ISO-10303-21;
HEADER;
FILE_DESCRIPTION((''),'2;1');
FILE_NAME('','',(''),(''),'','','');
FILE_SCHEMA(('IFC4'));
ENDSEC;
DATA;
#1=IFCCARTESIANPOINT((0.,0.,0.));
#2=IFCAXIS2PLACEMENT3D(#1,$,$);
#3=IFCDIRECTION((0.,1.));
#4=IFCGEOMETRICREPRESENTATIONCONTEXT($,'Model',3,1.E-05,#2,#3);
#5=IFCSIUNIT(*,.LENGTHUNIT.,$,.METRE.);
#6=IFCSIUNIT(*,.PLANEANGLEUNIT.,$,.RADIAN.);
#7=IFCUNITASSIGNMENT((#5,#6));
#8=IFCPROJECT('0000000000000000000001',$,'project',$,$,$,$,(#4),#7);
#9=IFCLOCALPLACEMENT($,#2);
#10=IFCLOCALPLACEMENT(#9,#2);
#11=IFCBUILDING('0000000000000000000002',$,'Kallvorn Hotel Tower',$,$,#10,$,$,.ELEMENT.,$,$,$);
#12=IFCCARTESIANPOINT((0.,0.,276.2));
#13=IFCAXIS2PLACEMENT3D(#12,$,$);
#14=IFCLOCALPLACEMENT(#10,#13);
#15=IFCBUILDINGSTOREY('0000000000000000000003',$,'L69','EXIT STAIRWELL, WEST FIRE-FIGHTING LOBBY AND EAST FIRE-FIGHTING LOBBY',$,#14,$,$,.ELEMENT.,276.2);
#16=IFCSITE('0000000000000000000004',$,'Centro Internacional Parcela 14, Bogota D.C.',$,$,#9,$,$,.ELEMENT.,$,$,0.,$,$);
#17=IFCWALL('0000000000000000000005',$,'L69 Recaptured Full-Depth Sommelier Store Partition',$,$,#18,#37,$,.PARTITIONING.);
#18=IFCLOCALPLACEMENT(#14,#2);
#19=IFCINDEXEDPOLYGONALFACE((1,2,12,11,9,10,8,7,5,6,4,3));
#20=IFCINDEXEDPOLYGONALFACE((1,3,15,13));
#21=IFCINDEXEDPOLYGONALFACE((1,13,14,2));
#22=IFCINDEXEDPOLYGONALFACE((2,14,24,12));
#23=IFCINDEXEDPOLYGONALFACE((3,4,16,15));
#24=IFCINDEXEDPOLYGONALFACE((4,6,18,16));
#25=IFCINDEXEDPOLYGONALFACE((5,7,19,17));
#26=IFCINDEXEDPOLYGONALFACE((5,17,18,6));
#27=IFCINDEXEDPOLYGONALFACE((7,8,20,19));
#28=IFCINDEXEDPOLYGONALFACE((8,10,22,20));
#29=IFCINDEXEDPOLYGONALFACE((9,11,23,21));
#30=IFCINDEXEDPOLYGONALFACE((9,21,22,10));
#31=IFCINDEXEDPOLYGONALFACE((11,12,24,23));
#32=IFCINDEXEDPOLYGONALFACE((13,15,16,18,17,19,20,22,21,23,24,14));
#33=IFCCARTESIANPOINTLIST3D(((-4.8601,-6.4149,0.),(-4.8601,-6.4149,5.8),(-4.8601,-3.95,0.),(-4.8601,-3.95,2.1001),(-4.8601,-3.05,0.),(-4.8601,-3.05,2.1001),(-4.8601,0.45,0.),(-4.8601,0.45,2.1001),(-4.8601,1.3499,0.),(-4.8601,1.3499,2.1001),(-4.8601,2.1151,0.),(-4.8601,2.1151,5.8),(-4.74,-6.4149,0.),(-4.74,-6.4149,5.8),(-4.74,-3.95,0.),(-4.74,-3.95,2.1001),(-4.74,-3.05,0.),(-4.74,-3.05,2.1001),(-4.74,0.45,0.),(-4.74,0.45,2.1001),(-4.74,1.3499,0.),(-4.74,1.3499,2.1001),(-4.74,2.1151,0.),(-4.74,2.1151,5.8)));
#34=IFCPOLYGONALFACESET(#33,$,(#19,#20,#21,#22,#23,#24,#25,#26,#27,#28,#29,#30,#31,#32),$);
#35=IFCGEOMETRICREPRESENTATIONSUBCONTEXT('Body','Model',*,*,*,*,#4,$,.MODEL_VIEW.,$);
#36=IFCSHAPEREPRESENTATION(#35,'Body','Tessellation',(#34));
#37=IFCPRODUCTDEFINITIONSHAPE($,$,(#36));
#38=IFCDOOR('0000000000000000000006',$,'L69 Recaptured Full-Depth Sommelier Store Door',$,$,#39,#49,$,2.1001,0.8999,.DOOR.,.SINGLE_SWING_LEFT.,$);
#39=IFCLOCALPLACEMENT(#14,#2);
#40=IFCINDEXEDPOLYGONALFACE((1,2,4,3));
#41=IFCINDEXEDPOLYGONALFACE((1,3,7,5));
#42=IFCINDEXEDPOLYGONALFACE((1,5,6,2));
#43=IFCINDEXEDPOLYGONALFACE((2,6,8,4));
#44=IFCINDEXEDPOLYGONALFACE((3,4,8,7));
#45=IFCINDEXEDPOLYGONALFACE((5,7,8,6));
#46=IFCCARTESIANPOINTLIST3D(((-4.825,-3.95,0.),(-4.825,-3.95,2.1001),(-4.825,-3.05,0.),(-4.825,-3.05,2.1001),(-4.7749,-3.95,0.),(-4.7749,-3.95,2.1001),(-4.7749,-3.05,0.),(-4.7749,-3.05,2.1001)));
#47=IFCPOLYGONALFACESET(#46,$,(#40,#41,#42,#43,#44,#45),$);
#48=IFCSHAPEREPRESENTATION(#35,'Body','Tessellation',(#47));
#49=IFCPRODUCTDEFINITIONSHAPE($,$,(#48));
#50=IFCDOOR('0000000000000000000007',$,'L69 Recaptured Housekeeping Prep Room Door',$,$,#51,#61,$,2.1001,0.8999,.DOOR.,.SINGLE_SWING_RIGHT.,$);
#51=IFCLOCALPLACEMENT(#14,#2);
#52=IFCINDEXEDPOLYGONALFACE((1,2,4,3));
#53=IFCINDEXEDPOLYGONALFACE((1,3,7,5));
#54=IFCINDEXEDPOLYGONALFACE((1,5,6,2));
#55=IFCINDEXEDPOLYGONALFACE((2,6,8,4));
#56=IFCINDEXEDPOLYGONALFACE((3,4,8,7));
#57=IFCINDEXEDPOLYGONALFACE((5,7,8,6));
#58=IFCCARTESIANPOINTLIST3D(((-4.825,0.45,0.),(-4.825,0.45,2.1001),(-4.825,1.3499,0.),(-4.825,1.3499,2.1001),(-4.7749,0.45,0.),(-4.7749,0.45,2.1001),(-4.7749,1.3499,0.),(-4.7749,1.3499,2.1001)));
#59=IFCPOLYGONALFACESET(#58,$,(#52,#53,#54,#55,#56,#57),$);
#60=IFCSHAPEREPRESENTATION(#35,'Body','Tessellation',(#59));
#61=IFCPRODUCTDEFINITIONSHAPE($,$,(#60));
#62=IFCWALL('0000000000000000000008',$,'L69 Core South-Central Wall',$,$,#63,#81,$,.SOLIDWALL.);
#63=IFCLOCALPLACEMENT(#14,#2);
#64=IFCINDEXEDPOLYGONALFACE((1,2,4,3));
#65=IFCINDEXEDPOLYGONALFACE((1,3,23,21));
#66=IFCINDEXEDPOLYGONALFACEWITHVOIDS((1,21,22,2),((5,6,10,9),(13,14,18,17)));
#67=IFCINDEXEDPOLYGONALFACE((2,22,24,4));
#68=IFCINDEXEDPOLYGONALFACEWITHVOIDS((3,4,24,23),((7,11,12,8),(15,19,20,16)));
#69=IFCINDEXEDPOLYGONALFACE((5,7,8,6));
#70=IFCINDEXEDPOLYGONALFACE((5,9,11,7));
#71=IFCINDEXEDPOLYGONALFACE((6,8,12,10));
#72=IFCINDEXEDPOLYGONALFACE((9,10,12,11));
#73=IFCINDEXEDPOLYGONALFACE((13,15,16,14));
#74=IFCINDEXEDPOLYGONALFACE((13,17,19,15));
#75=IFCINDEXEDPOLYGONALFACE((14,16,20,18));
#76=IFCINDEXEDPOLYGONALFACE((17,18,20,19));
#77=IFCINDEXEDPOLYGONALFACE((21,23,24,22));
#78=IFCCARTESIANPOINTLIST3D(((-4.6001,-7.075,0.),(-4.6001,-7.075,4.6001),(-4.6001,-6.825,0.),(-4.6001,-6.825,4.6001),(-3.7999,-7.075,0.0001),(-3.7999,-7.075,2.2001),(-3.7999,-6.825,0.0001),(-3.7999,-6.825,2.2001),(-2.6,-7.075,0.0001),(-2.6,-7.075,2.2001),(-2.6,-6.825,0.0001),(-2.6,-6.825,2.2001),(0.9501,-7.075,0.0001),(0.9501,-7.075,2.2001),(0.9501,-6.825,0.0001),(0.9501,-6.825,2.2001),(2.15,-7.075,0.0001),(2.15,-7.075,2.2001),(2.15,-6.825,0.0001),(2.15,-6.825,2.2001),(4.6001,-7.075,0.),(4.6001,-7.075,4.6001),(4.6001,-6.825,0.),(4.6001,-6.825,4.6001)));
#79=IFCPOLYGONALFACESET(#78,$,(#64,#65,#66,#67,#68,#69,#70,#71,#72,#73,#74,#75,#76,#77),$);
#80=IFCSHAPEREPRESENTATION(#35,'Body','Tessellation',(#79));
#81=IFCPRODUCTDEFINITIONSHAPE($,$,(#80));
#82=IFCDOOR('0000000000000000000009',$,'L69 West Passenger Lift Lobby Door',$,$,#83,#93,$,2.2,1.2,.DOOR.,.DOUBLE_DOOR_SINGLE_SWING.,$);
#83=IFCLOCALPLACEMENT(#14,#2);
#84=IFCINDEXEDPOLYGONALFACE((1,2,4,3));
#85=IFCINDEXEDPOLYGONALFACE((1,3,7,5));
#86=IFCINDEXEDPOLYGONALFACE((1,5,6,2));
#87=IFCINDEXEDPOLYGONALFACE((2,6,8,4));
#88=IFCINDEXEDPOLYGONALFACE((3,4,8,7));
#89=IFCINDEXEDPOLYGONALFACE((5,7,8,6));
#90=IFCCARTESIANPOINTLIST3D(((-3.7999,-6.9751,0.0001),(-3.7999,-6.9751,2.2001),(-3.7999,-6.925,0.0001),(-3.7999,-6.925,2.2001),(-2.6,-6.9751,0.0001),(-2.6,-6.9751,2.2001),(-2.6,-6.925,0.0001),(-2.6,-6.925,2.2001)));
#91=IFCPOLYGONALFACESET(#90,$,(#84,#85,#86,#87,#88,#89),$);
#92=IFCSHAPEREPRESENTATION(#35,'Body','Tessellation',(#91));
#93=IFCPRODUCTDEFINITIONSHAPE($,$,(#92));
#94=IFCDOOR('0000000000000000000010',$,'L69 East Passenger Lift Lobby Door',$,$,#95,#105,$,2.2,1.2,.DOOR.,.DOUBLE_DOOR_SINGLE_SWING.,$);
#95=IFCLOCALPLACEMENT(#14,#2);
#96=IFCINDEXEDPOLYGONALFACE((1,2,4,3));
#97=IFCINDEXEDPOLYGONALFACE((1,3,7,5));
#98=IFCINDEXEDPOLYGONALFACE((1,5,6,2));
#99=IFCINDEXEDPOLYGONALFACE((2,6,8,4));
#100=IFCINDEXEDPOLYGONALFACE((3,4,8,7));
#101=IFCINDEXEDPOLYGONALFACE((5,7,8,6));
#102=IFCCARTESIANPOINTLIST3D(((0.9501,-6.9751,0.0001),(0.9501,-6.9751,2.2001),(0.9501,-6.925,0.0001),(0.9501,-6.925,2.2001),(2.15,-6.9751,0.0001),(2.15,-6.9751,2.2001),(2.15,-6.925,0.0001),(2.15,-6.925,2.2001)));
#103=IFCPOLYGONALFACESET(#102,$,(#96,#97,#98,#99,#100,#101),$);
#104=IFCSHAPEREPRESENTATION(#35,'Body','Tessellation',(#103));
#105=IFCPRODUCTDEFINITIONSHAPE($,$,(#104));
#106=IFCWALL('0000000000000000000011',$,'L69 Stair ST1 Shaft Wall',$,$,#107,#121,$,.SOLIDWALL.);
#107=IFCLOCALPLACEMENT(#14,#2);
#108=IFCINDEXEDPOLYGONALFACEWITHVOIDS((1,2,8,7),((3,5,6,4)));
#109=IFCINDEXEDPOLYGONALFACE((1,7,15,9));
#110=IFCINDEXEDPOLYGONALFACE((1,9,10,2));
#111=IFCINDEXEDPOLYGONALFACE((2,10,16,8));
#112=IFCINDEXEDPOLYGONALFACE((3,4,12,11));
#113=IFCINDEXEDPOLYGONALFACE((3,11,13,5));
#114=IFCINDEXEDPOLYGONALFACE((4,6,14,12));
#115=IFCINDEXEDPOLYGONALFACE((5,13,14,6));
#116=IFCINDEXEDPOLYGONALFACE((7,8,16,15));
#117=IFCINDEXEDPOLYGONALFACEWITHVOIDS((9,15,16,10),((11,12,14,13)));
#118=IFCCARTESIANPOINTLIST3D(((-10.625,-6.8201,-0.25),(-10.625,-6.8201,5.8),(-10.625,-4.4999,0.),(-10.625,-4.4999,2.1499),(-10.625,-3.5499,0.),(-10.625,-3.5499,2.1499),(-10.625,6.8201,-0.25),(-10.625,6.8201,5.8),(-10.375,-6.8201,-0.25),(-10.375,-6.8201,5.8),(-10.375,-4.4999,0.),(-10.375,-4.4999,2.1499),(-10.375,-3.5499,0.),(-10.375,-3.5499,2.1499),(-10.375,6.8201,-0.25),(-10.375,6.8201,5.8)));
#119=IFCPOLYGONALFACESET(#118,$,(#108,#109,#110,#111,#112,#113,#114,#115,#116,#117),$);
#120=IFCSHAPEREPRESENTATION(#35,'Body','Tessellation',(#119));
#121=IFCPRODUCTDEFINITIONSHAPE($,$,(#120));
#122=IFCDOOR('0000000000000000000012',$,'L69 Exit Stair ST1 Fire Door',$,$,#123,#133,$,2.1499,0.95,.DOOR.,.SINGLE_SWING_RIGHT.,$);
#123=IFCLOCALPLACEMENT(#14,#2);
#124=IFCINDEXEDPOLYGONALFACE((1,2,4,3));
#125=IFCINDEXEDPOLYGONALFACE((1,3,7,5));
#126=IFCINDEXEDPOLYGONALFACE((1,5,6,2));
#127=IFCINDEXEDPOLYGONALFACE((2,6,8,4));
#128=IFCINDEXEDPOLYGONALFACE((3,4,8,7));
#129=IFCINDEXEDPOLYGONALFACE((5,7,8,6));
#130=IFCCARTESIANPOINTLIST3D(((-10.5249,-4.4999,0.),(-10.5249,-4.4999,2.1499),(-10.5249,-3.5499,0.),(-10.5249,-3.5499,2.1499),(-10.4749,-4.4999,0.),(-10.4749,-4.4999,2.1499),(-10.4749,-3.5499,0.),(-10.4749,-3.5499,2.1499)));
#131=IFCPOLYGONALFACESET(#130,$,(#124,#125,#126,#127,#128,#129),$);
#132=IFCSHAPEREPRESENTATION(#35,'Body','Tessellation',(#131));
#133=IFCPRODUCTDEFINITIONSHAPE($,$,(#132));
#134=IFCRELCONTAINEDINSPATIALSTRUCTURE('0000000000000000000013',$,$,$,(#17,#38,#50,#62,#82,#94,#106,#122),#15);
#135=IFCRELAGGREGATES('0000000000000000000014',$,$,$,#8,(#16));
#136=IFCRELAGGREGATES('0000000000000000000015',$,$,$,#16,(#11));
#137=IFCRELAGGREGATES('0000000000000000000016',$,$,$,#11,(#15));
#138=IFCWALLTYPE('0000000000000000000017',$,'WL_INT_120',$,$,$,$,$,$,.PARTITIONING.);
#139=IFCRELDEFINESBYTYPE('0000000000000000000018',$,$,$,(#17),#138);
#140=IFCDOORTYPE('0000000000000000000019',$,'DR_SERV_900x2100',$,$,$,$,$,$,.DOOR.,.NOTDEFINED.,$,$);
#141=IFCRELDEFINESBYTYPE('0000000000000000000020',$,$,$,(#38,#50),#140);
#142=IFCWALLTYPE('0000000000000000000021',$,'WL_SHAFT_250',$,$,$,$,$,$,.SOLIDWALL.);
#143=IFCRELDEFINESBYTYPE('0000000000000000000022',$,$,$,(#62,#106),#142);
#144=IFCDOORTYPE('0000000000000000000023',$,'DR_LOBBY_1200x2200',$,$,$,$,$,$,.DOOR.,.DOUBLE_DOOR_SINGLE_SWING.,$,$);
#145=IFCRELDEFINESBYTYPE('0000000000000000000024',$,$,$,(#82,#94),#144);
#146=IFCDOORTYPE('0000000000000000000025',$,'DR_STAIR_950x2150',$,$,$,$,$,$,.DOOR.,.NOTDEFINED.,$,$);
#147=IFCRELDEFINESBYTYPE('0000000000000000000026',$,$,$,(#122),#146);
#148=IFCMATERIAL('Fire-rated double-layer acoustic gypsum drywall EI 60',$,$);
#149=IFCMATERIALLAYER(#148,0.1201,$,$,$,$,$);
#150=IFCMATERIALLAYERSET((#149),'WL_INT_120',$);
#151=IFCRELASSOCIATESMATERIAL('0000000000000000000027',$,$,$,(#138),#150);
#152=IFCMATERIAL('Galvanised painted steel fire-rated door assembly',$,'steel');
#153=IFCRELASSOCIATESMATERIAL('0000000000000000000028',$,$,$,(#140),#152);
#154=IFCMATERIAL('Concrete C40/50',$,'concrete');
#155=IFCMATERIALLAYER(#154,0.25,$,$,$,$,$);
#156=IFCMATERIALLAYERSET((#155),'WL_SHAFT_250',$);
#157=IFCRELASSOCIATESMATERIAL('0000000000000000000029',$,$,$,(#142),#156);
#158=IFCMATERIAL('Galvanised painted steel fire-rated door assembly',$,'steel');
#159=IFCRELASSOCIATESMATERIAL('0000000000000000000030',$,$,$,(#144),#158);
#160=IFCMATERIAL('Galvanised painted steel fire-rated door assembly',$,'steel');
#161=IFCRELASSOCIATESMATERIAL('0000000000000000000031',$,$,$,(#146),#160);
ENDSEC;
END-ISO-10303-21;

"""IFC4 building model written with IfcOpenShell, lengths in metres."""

from ifc_helpers import new_model, si_unit, direction, frame, frame_2d, origin, place, context, subcontext, project, spatial, rectangle, extrude, material, layer, layer_set, type_object, element, fill, save


model = new_model("IFC4")

# Units and contexts
model_context = context("Model", 3, precision=1e-05, world=origin(), true_north=direction((0.0, 1.0)))
body_context = subcontext(model_context, "Body", "Model", "MODEL_VIEW")
ifc_project = project(units=[si_unit("LENGTHUNIT", "METRE"), si_unit("PLANEANGLEUNIT", "RADIAN")], contexts=[model_context])

# Site, building, storey
site_placement = place(None, origin())
site = spatial("IfcSite", under=ifc_project, at=site_placement, Name="Centro Internacional Parcela 14, Bogota D.C.", CompositionType="ELEMENT", RefElevation=0.0)
building_placement = place(site_placement, origin())
building = spatial("IfcBuilding", under=site, at=building_placement, Name="Kallvorn Hotel Tower", CompositionType="ELEMENT")
storey_placement = place(building_placement, frame((0.0, 0.0, 276.2)))
storey = spatial("IfcBuildingStorey", under=building, at=storey_placement, Name="L69", Description="EXIT STAIRWELL, WEST FIRE-FIGHTING LOBBY AND EAST FIRE-FIGHTING LOBBY", CompositionType="ELEMENT", Elevation=276.2)

# Shared definitions
ifc_material_1 = material(Name="Fire-rated double-layer acoustic gypsum drywall EI 60")
ifc_layer_1 = layer(ifc_material_1, 0.1201)
ifc_layer_set_1 = layer_set([ifc_layer_1], Name="WL_INT_120")
wall_type_1 = type_object("IfcWallType", Name="WL_INT_120", PredefinedType="PARTITIONING", material=ifc_layer_set_1)

# Walls, openings, doors
wall_1_placement = place(storey_placement, frame((-4.8, -6.415, 0.0), z_axis=(0.0, 0.0, 1.0), x_axis=(0.0, 1.0, 0.0)))
wall_1 = element("IfcWall", 1, at=wall_1_placement, inside=storey, type_object=wall_type_1, Name="L69 Recaptured Full-Depth Sommelier Store Partition", PredefinedType="PARTITIONING", context=body_context, shape_type="SweptSolid", body=[
    extrude(rectangle(XDim=8.53, YDim=0.1201, at=frame_2d((4.2651, 0.0))), origin(), (0.0, 0.0, 1.0), 5.8),
])
opening_1_placement = place(wall_1_placement, frame((2.4651, 0.0, 0.0)))
opening_1 = element("IfcOpeningElement", 2, at=opening_1_placement, cuts=wall_1, PredefinedType="OPENING", context=body_context, shape_type="SweptSolid", body=[
    extrude(rectangle(XDim=0.8999, YDim=2.1001, at=frame_2d((0.45, 1.05))), frame((0.0, 0.075, 0.0), z_axis=(0.0, -1.0, 0.0), x_axis=(1.0, 0.0, 0.0)), (0.0, 0.0, 1.0), 0.1501),
])
opening_2_placement = place(wall_1_placement, frame((6.865, 0.0, 0.0)))
opening_2 = element("IfcOpeningElement", 3, at=opening_2_placement, cuts=wall_1, PredefinedType="OPENING", context=body_context, shape_type="SweptSolid", body=[
    extrude(rectangle(XDim=0.8999, YDim=2.1001, at=frame_2d((0.45, 1.05))), frame((0.0, 0.075, 0.0), z_axis=(0.0, -1.0, 0.0), x_axis=(1.0, 0.0, 0.0)), (0.0, 0.0, 1.0), 0.1501),
])
ifc_material_2 = material(Name="Galvanised painted steel fire-rated door assembly", Category="steel")
door_type_1 = type_object("IfcDoorType", Name="DR_SERV_900x2100", OperationType="NOTDEFINED", PredefinedType="DOOR", material=ifc_material_2)
door_1_placement = place(opening_1_placement, origin())
door_1 = element("IfcDoor", 4, at=door_1_placement, inside=storey, type_object=door_type_1, Name="L69 Recaptured Full-Depth Sommelier Store Door", OperationType="SINGLE_SWING_LEFT", OverallHeight=2.1001, OverallWidth=0.8999, PredefinedType="DOOR", context=body_context, shape_type="SweptSolid", body=[
    extrude(rectangle(XDim=0.8999, YDim=2.1001, at=frame_2d((0.45, 1.05))), frame((0.0, 0.0249, 0.0), z_axis=(0.0, -1.0, 0.0), x_axis=(1.0, 0.0, 0.0)), (0.0, 0.0, 1.0), 0.05),
])
fill(opening_1, door_1)
door_2_placement = place(opening_2_placement, origin())
door_2 = element("IfcDoor", 5, at=door_2_placement, inside=storey, type_object=door_type_1, Name="L69 Recaptured Housekeeping Prep Room Door", OperationType="SINGLE_SWING_RIGHT", OverallHeight=2.1001, OverallWidth=0.8999, PredefinedType="DOOR", context=body_context, shape_type="SweptSolid", body=[
    extrude(rectangle(XDim=0.8999, YDim=2.1001, at=frame_2d((0.45, 1.05))), frame((0.0, 0.0249, 0.0), z_axis=(0.0, -1.0, 0.0), x_axis=(1.0, 0.0, 0.0)), (0.0, 0.0, 1.0), 0.05),
])
fill(opening_2, door_2)
ifc_material_3 = material(Name="Concrete C40/50", Category="concrete")
ifc_layer_2 = layer(ifc_material_3, 0.25)
ifc_layer_set_2 = layer_set([ifc_layer_2], Name="WL_SHAFT_250")
wall_type_2 = type_object("IfcWallType", Name="WL_SHAFT_250", PredefinedType="SOLIDWALL", material=ifc_layer_set_2)
wall_2_placement = place(storey_placement, frame((-4.6001, -6.95, 0.0), z_axis=(0.0, 0.0, 1.0), x_axis=(1.0, 0.0, 0.0)))
wall_2 = element("IfcWall", 6, at=wall_2_placement, inside=storey, type_object=wall_type_2, Name="L69 Core South-Central Wall", PredefinedType="SOLIDWALL", context=body_context, shape_type="SweptSolid", body=[
    extrude(rectangle(XDim=9.2002, YDim=0.25, at=frame_2d((4.6001, 0.0))), origin(), (0.0, 0.0, 1.0), 4.6001),
])
opening_3_placement = place(wall_2_placement, frame((0.8, 0.0, 0.0)))
opening_3 = element("IfcOpeningElement", 7, at=opening_3_placement, cuts=wall_2, PredefinedType="OPENING", context=body_context, shape_type="SweptSolid", body=[
    extrude(rectangle(XDim=1.2, YDim=2.2, at=frame_2d((0.6001, 1.1001))), frame((0.0, 0.1399, 0.0), z_axis=(0.0, -1.0, 0.0), x_axis=(1.0, 0.0, 0.0)), (0.0, 0.0, 1.0), 0.28),
])
opening_4_placement = place(wall_2_placement, frame((5.55, 0.0, 0.0)))
opening_4 = element("IfcOpeningElement", 8, at=opening_4_placement, cuts=wall_2, PredefinedType="OPENING", context=body_context, shape_type="SweptSolid", body=[
    extrude(rectangle(XDim=1.2, YDim=2.2, at=frame_2d((0.6001, 1.1001))), frame((0.0, 0.1399, 0.0), z_axis=(0.0, -1.0, 0.0), x_axis=(1.0, 0.0, 0.0)), (0.0, 0.0, 1.0), 0.28),
])
ifc_material_4 = material(Name="Galvanised painted steel fire-rated door assembly", Category="steel")
door_type_2 = type_object("IfcDoorType", Name="DR_LOBBY_1200x2200", OperationType="DOUBLE_DOOR_SINGLE_SWING", PredefinedType="DOOR", material=ifc_material_4)
door_3_placement = place(opening_3_placement, origin())
door_3 = element("IfcDoor", 9, at=door_3_placement, inside=storey, type_object=door_type_2, Name="L69 West Passenger Lift Lobby Door", OperationType="DOUBLE_DOOR_SINGLE_SWING", OverallHeight=2.2, OverallWidth=1.2, PredefinedType="DOOR", context=body_context, shape_type="SweptSolid", body=[
    extrude(rectangle(XDim=1.2, YDim=2.2, at=frame_2d((0.6001, 1.1001))), frame((0.0, 0.0249, 0.0), z_axis=(0.0, -1.0, 0.0), x_axis=(1.0, 0.0, 0.0)), (0.0, 0.0, 1.0), 0.05),
])
fill(opening_3, door_3)
door_4_placement = place(opening_4_placement, origin())
door_4 = element("IfcDoor", 10, at=door_4_placement, inside=storey, type_object=door_type_2, Name="L69 East Passenger Lift Lobby Door", OperationType="DOUBLE_DOOR_SINGLE_SWING", OverallHeight=2.2, OverallWidth=1.2, PredefinedType="DOOR", context=body_context, shape_type="SweptSolid", body=[
    extrude(rectangle(XDim=1.2, YDim=2.2, at=frame_2d((0.6001, 1.1001))), frame((0.0, 0.0249, 0.0), z_axis=(0.0, -1.0, 0.0), x_axis=(1.0, 0.0, 0.0)), (0.0, 0.0, 1.0), 0.05),
])
fill(opening_4, door_4)

# Wall, opening, door
wall_3_placement = place(storey_placement, frame((-10.5, -6.8201, -0.25), z_axis=(0.0, 0.0, 1.0), x_axis=(0.0, 1.0, 0.0)))
wall_3 = element("IfcWall", 11, at=wall_3_placement, inside=storey, type_object=wall_type_2, Name="L69 Stair ST1 Shaft Wall", PredefinedType="SOLIDWALL", context=body_context, shape_type="SweptSolid", body=[
    extrude(rectangle(XDim=13.6401, YDim=0.25, at=frame_2d((6.8201, 0.0))), origin(), (0.0, 0.0, 1.0), 6.05),
])
opening_5_placement = place(wall_3_placement, frame((2.3201, 0.0, 0.25)))
opening_5 = element("IfcOpeningElement", 12, at=opening_5_placement, cuts=wall_3, PredefinedType="OPENING", context=body_context, shape_type="SweptSolid", body=[
    extrude(rectangle(XDim=0.95, YDim=2.1499, at=frame_2d((0.4751, 1.075))), frame((0.0, 0.1399, 0.0), z_axis=(0.0, -1.0, 0.0), x_axis=(1.0, 0.0, 0.0)), (0.0, 0.0, 1.0), 0.28),
])
ifc_material_5 = material(Name="Galvanised painted steel fire-rated door assembly", Category="steel")
door_type_3 = type_object("IfcDoorType", Name="DR_STAIR_950x2150", OperationType="NOTDEFINED", PredefinedType="DOOR", material=ifc_material_5)
door_5_placement = place(opening_5_placement, origin())
door_5 = element("IfcDoor", 13, at=door_5_placement, inside=storey, type_object=door_type_3, Name="L69 Exit Stair ST1 Fire Door", OperationType="SINGLE_SWING_RIGHT", OverallHeight=2.1499, OverallWidth=0.95, PredefinedType="DOOR", context=body_context, shape_type="SweptSolid", body=[
    extrude(rectangle(XDim=0.95, YDim=2.1499, at=frame_2d((0.4751, 1.075))), frame((0.0, 0.0249, 0.0), z_axis=(0.0, -1.0, 0.0), x_axis=(1.0, 0.0, 0.0)), (0.0, 0.0, 1.0), 0.05),
])
fill(opening_5, door_5)

save(model, "model.ifc")
